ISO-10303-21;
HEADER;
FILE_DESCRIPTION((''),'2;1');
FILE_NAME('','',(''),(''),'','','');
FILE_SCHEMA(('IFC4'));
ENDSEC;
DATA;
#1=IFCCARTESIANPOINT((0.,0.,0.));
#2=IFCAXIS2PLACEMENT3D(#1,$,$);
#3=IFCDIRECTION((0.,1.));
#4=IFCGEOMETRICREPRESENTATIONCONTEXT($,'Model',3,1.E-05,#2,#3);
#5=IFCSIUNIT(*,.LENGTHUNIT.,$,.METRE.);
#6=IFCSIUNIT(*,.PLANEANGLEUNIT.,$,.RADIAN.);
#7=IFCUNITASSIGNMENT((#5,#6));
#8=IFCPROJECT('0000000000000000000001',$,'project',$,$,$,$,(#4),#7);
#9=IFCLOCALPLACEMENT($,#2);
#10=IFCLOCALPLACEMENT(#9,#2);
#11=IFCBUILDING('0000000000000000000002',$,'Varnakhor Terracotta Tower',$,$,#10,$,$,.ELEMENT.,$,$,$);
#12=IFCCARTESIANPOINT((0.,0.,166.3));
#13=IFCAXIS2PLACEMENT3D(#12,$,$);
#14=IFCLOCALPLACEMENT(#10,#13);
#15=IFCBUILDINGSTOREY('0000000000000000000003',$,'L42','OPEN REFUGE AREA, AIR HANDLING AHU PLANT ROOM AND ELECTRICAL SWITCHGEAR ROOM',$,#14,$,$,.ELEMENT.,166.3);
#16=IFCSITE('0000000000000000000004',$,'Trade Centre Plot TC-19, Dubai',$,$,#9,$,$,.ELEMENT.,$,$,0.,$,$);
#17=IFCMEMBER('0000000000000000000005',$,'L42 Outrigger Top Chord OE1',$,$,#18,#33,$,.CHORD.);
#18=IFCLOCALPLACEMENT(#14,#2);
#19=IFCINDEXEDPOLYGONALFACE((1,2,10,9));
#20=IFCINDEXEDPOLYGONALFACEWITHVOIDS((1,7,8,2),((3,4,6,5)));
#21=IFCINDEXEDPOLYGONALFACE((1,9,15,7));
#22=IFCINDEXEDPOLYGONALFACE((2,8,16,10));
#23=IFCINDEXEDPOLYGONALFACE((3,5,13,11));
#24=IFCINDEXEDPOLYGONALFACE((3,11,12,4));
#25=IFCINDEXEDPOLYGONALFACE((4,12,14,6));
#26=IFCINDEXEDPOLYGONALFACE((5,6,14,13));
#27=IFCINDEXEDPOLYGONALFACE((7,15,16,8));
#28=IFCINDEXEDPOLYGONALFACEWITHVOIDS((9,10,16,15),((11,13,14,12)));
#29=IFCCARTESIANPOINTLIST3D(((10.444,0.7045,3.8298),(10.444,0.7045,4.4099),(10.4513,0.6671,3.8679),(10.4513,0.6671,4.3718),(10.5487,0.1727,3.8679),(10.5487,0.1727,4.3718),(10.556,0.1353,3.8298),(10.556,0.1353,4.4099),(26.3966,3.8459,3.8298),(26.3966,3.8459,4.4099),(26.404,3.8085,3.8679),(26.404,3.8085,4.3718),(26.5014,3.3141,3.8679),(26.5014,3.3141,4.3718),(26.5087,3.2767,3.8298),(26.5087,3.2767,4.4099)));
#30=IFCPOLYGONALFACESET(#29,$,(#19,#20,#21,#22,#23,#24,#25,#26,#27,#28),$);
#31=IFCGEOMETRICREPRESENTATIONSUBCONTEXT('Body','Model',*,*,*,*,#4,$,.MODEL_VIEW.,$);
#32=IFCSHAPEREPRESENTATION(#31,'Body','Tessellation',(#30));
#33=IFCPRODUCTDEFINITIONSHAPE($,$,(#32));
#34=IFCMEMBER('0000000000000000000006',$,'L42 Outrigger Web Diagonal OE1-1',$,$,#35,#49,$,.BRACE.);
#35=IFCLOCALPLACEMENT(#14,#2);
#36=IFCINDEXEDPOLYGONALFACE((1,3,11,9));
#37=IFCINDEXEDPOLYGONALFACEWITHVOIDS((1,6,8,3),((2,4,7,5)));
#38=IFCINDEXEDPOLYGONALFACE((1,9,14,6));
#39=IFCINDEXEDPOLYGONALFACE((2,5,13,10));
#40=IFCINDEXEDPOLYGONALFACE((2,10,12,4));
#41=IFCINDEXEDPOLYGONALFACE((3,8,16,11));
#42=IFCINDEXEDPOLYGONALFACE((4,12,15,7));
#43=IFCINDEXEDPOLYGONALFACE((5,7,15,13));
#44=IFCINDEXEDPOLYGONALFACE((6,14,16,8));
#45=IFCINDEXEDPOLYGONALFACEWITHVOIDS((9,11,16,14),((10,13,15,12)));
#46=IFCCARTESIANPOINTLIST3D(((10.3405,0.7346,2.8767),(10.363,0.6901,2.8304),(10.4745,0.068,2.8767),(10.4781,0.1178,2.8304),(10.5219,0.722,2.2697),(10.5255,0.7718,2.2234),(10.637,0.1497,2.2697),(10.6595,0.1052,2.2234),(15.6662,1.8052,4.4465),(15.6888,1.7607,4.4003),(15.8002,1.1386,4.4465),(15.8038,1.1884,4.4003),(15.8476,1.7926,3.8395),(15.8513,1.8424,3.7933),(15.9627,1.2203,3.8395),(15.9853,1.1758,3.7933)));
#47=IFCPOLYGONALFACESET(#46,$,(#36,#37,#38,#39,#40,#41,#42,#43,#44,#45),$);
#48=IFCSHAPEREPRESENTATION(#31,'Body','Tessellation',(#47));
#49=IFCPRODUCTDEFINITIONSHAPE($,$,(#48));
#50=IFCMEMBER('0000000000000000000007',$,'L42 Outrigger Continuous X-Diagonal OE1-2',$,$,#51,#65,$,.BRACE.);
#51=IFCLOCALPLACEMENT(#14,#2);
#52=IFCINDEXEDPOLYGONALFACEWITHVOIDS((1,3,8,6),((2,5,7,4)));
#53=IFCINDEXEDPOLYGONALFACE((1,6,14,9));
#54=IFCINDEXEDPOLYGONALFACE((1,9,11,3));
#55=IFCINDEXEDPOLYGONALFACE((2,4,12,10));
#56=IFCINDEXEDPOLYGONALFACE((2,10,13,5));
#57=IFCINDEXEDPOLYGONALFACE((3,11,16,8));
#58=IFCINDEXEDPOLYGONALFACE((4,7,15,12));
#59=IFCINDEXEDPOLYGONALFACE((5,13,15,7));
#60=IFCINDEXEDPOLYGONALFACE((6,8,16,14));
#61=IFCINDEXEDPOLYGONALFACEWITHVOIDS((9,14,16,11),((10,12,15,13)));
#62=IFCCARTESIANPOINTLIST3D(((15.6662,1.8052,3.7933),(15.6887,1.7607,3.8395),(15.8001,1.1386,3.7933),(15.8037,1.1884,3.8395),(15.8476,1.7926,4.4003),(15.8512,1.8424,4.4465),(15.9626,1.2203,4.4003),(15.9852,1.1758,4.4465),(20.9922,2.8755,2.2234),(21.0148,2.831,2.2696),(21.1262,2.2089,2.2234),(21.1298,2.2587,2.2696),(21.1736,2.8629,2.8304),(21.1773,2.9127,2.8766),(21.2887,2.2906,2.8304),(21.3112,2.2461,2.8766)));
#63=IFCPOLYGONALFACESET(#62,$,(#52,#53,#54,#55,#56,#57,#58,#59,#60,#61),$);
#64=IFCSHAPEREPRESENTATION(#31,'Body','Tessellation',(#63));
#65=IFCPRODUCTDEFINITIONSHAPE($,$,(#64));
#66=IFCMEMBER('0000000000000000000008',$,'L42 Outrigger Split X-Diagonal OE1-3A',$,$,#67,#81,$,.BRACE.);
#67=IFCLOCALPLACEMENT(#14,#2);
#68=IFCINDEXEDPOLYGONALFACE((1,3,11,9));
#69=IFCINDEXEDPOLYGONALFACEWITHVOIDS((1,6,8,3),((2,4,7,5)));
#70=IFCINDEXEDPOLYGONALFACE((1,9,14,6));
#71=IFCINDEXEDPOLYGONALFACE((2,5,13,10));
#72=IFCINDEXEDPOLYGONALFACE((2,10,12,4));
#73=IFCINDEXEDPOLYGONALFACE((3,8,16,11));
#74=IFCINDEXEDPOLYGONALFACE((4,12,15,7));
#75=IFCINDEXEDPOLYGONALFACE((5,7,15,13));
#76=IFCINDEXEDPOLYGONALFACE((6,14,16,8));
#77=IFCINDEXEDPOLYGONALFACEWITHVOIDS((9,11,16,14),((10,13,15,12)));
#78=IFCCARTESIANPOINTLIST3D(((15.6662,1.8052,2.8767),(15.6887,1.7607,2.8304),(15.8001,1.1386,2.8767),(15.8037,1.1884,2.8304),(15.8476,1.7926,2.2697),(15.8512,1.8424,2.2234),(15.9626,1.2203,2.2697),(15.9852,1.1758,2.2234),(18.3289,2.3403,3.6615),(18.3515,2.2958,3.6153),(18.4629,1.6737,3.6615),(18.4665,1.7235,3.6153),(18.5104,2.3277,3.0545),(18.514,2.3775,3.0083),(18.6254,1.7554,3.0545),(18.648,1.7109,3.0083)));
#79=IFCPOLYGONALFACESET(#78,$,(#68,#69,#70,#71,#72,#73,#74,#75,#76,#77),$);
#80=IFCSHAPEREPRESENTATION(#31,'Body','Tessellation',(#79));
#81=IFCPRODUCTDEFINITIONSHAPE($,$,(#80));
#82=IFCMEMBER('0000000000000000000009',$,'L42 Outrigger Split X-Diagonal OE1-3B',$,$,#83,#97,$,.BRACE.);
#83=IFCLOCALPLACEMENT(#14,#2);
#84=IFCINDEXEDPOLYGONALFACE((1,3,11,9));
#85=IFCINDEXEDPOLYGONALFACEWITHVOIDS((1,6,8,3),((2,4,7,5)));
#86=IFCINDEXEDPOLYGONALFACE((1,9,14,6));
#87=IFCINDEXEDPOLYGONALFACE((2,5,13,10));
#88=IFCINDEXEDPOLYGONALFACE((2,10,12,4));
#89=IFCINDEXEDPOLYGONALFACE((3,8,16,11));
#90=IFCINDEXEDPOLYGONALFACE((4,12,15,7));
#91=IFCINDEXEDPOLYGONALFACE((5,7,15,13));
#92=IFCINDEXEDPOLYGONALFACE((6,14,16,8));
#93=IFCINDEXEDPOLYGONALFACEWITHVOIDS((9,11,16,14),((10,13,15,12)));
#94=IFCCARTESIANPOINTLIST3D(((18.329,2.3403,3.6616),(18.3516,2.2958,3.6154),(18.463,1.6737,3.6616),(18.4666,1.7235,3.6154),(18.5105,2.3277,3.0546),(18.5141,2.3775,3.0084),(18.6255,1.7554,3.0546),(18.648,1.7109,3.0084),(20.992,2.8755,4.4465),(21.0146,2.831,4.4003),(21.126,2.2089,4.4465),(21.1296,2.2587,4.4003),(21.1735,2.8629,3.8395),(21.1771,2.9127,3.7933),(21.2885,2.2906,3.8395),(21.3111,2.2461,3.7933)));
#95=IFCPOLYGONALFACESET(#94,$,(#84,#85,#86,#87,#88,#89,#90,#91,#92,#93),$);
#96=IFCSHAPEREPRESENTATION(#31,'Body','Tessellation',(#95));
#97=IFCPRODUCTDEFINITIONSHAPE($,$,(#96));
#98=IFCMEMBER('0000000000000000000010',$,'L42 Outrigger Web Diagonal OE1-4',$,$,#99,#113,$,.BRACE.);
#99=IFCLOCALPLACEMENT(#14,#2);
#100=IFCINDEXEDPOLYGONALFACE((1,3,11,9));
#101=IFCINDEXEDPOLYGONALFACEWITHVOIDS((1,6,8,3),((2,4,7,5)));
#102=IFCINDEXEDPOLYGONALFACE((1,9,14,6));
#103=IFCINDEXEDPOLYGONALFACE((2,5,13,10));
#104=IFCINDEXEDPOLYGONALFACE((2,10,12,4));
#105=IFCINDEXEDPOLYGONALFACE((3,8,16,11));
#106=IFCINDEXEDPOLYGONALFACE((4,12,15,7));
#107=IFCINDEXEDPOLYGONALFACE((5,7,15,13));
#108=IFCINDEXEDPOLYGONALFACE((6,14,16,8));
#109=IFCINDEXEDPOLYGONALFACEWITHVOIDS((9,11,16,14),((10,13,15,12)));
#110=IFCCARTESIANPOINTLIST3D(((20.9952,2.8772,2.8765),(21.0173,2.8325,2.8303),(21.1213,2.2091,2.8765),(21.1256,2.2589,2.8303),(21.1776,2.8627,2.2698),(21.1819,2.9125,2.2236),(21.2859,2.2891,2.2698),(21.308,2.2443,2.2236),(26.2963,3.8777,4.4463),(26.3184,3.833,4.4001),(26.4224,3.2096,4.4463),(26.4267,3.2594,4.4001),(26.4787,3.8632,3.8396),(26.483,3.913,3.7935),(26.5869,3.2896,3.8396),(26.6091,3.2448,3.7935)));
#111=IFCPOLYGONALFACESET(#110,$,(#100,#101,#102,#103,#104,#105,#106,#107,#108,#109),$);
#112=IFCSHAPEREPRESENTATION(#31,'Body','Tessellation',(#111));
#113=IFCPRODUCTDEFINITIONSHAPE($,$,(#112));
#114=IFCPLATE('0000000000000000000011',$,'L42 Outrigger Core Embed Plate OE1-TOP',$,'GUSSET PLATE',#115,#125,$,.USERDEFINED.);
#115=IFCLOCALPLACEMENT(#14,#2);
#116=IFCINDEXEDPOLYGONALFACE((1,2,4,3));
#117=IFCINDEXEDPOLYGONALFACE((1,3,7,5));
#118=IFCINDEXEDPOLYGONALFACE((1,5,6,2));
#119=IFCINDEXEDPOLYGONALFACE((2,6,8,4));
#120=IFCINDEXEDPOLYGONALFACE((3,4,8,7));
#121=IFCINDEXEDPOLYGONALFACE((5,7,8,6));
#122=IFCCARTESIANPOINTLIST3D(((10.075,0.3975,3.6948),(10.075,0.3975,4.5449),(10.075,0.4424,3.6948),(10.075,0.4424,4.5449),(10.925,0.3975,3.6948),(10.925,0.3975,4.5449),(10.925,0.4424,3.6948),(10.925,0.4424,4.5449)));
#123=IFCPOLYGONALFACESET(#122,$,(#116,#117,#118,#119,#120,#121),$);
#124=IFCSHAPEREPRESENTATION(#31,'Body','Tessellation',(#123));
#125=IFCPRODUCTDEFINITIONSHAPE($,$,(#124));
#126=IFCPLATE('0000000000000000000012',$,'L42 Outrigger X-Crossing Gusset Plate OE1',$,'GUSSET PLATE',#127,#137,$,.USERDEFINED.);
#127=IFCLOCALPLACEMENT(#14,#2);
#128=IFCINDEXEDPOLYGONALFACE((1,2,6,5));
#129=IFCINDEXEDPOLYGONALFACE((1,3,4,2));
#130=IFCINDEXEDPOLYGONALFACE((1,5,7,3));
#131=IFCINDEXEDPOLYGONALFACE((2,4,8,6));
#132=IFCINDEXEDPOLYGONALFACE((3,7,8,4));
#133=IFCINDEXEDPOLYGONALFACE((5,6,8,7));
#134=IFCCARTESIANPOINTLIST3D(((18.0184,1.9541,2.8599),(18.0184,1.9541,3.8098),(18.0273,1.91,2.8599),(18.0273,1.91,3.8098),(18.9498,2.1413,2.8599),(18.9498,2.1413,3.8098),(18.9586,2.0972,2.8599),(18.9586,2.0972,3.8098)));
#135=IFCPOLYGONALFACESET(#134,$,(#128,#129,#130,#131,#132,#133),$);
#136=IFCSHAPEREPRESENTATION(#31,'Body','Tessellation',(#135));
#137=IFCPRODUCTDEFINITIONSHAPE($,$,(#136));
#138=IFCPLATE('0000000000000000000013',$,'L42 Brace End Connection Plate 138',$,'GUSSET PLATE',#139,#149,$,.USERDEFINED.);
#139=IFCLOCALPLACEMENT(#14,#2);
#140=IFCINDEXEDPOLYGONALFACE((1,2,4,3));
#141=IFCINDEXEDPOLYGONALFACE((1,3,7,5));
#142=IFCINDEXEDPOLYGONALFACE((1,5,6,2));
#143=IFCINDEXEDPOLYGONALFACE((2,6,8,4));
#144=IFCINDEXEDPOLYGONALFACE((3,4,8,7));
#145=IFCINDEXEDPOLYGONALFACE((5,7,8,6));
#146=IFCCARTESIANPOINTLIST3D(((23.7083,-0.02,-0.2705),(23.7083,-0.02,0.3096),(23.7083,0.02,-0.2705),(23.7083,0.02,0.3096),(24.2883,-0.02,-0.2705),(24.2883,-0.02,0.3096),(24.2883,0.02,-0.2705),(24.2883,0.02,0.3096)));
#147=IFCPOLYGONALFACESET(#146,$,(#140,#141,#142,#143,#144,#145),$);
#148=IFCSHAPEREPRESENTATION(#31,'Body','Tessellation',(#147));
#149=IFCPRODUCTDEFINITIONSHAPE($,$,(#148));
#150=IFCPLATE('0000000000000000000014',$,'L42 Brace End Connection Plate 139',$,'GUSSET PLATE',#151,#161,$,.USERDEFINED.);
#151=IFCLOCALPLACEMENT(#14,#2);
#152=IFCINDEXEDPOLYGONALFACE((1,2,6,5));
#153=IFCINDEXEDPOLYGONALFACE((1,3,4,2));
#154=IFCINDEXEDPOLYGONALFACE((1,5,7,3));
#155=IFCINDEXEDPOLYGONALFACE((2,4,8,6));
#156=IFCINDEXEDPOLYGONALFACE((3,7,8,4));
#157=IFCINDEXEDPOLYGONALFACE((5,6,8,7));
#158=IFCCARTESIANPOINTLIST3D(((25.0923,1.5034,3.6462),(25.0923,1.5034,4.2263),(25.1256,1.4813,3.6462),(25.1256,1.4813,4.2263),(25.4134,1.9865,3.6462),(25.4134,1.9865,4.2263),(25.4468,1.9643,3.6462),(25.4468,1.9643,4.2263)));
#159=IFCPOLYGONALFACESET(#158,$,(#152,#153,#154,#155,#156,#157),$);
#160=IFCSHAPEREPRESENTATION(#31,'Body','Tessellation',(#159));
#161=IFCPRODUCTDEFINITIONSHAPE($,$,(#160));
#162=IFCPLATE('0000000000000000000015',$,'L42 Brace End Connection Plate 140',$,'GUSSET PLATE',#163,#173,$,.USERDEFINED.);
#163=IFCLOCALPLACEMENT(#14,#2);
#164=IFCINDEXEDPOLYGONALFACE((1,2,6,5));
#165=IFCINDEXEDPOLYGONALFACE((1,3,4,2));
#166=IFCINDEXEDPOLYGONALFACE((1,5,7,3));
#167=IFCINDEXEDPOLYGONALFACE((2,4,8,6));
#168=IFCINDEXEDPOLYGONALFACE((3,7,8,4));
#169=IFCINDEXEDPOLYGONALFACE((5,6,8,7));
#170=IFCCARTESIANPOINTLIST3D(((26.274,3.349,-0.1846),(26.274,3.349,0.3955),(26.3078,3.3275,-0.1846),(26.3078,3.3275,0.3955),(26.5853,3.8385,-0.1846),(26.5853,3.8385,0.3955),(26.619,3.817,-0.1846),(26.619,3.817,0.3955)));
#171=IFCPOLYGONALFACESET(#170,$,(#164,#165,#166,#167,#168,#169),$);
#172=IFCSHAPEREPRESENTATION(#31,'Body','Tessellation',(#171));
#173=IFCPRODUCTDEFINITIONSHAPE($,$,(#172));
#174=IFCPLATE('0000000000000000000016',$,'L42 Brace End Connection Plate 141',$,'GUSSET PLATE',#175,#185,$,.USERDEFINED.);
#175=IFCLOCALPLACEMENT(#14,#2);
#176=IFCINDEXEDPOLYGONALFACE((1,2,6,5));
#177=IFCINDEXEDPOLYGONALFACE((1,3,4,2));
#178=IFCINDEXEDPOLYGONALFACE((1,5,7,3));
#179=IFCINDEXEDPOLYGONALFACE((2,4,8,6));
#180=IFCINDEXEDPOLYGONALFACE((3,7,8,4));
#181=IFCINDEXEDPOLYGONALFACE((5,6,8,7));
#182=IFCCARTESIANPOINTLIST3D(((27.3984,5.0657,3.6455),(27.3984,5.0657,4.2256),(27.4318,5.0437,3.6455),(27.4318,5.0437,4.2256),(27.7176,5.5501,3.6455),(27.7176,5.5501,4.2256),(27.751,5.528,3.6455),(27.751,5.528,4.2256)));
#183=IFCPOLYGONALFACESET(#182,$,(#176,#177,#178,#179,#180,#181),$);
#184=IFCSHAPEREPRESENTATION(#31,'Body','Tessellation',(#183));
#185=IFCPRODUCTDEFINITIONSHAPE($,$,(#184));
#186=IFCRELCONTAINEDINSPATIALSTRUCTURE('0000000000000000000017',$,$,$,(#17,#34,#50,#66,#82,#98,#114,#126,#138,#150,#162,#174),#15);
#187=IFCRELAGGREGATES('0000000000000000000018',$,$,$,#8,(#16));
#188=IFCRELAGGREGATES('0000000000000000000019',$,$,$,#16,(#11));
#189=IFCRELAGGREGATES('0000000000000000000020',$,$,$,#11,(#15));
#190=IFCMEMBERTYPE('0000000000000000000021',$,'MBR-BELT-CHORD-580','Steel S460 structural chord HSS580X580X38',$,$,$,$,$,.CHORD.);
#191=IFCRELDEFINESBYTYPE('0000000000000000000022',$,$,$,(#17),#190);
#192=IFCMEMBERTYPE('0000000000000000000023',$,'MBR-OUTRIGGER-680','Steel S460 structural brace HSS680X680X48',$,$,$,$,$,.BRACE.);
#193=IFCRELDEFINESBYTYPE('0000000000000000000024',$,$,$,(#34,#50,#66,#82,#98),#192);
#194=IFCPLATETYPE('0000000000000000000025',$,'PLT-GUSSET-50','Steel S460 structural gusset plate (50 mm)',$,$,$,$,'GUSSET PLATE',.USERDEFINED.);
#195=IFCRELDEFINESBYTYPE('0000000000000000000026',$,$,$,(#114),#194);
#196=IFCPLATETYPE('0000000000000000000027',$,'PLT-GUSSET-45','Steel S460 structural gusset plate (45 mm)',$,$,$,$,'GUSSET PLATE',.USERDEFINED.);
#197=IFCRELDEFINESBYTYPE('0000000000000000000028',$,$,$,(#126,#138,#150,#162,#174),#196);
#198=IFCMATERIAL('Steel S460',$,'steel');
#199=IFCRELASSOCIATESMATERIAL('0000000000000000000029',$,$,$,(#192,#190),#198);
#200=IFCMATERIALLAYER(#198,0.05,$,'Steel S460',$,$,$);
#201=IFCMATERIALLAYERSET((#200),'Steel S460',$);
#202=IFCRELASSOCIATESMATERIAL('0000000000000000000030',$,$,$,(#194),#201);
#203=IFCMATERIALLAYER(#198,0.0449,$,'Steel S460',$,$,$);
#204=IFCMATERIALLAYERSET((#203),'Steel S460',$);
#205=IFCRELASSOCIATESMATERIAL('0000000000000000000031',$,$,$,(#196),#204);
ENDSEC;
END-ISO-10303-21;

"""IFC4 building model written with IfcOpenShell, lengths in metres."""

from ifc_helpers import new_model, si_unit, direction, frame, origin, origin_2d, place, context, subcontext, project, spatial, rectangle, hollow_rectangle, extrude, source, transform, mapped, material, layer, layer_set, material_profile, profile_set, type_object, type_shapes, element, save


model = new_model("IFC4")

# Units and contexts
model_context = context("Model", 3, precision=1e-05, world=origin(), true_north=direction((0.0, 1.0)))
body_context = subcontext(model_context, "Body", "Model", "MODEL_VIEW")
ifc_project = project(units=[si_unit("LENGTHUNIT", "METRE"), si_unit("PLANEANGLEUNIT", "RADIAN")], contexts=[model_context])

# Site, building, storey
site_placement = place(None, origin())
site = spatial("IfcSite", under=ifc_project, at=site_placement, Name="Trade Centre Plot TC-19, Dubai", CompositionType="ELEMENT", RefElevation=0.0)
building_placement = place(site_placement, origin())
building = spatial("IfcBuilding", under=site, at=building_placement, Name="Varnakhor Terracotta Tower", CompositionType="ELEMENT")
storey_placement = place(building_placement, frame((0.0, 0.0, 166.3)))
storey = spatial("IfcBuildingStorey", under=building, at=storey_placement, Name="L42", Description="OPEN REFUGE AREA, AIR HANDLING AHU PLANT ROOM AND ELECTRICAL SWITCHGEAR ROOM", CompositionType="ELEMENT", Elevation=166.3)

# Shared definitions
ifc_material_1 = material(Name="Steel S460", Category="steel")

# Members
ifc_material_profile_1 = material_profile(ifc_material_1, hollow_rectangle(XDim=0.6799, YDim=0.6799, WallThickness=0.0481, at=origin_2d()), Name="HSS680X680X48")
ifc_profile_set_1 = profile_set([ifc_material_profile_1], Name="Steel S460")
member_type_1 = type_object("IfcMemberType", Name="MBR-OUTRIGGER-680", Description="Steel S460 structural brace HSS680X680X48", PredefinedType="BRACE", material=ifc_profile_set_1)
ifc_material_profile_2 = material_profile(ifc_material_1, hollow_rectangle(XDim=0.5801, YDim=0.5801, WallThickness=0.0381, at=origin_2d()), Name="HSS580X580X38")
ifc_profile_set_2 = profile_set([ifc_material_profile_2], Name="Steel S460")
member_type_2 = type_object("IfcMemberType", Name="MBR-BELT-CHORD-580", Description="Steel S460 structural chord HSS580X580X38", PredefinedType="CHORD", material=ifc_profile_set_2)
shared_shape_1 = source(origin(), body_context, "Body", "SweptSolid", [
    extrude(hollow_rectangle(XDim=0.5801, YDim=0.5801, WallThickness=0.0381, at=origin_2d()), origin(), (0.0, 0.0, 1.0), 16.259),
])
member_1_placement = place(storey_placement, frame((10.5, 0.4199, 4.1199), z_axis=(0.981158, 0.193207, 0.0), x_axis=(-0.193207, 0.981158, 0.0)))
element("IfcMember", 1, at=member_1_placement, inside=storey, type_object=member_type_2, Name="L42 Outrigger Top Chord OE1", PredefinedType="CHORD", context=body_context, shape_type="MappedRepresentation", body=[
    mapped(shared_shape_1, transform((0.0, 0.0, 0.0), scale=1.0)),
])
shared_shape_2 = source(origin(), body_context, "Body", "SweptSolid", [
    extrude(hollow_rectangle(XDim=0.6799, YDim=0.6799, WallThickness=0.0481, at=origin_2d()), origin(), (0.0, 0.0, 1.0), 5.6545),
])
member_2_placement = place(storey_placement, frame((10.5, 0.4199, 2.55), z_axis=(0.941849, 0.189328, 0.277624), x_axis=(-0.197075, 0.980388, 0.0)))
element("IfcMember", 2, at=member_2_placement, inside=storey, type_object=member_type_1, Name="L42 Outrigger Web Diagonal OE1-1", PredefinedType="BRACE", context=body_context, shape_type="MappedRepresentation", body=[
    mapped(shared_shape_2, transform((0.0, 0.0, 0.0), scale=1.0)),
])
shared_shape_3 = source(origin(), body_context, "Body", "SweptSolid", [
    extrude(hollow_rectangle(XDim=0.6799, YDim=0.6799, WallThickness=0.0481, at=origin_2d()), origin(), (0.0, 0.0, 1.0), 5.6548),
])
member_3_placement = place(storey_placement, frame((15.8257, 1.4905, 4.1199), z_axis=(0.941862, 0.189279, -0.277615), x_axis=(-0.197024, 0.980399, 0.0)))
element("IfcMember", 3, at=member_3_placement, inside=storey, type_object=member_type_1, Name="L42 Outrigger Continuous X-Diagonal OE1-2", PredefinedType="BRACE", context=body_context, shape_type="MappedRepresentation", body=[
    mapped(shared_shape_3, transform((0.0, 0.0, 0.0), scale=1.0)),
])
shared_shape_4 = source(origin(), body_context, "Body", "SweptSolid", [
    extrude(hollow_rectangle(XDim=0.6799, YDim=0.6799, WallThickness=0.0481, at=origin_2d()), origin(), (0.0, 0.0, 1.0), 2.8271),
])
member_4_placement = place(storey_placement, frame((15.8257, 1.4905, 2.55), z_axis=(0.941857, 0.189287, 0.277626), x_axis=(-0.197032, 0.980397, 0.0)))
element("IfcMember", 4, at=member_4_placement, inside=storey, type_object=member_type_1, Name="L42 Outrigger Split X-Diagonal OE1-3A", PredefinedType="BRACE", context=body_context, shape_type="MappedRepresentation", body=[
    mapped(shared_shape_4, transform((0.0, 0.0, 0.0), scale=1.0)),
])
shared_shape_5 = source(origin(), body_context, "Body", "SweptSolid", [
    extrude(hollow_rectangle(XDim=0.6799, YDim=0.6799, WallThickness=0.0481, at=origin_2d()), origin(), (0.0, 0.0, 1.0), 2.8274),
])
member_5_placement = place(storey_placement, frame((18.4885, 2.0256, 3.335), z_axis=(0.941867, 0.189271, 0.277604), x_axis=(-0.197015, 0.980401, 0.0)))
element("IfcMember", 5, at=member_5_placement, inside=storey, type_object=member_type_1, Name="L42 Outrigger Split X-Diagonal OE1-3B", PredefinedType="BRACE", context=body_context, shape_type="MappedRepresentation", body=[
    mapped(shared_shape_5, transform((0.0, 0.0, 0.0), scale=1.0)),
])
shared_shape_6 = source(origin(), body_context, "Body", "SweptSolid", [
    extrude(hollow_rectangle(XDim=0.6799, YDim=0.6799, WallThickness=0.0481, at=origin_2d()), origin(), (0.0, 0.0, 1.0), 5.6184),
])
member_6_placement = place(storey_placement, frame((21.1516, 2.5608, 2.55), z_axis=(0.943515, 0.178074, 0.279409), x_axis=(-0.185461, 0.982652, 0.0)))
element("IfcMember", 6, at=member_6_placement, inside=storey, type_object=member_type_1, Name="L42 Outrigger Web Diagonal OE1-4", PredefinedType="BRACE", context=body_context, shape_type="MappedRepresentation", body=[
    mapped(shared_shape_6, transform((0.0, 0.0, 0.0), scale=1.0)),
])

# Plates
ifc_layer_1 = layer(ifc_material_1, 0.05, Name="Steel S460")
ifc_layer_set_1 = layer_set([ifc_layer_1], Name="Steel S460")
plate_type_1 = type_object("IfcPlateType", Name="PLT-GUSSET-50", Description="Steel S460 structural gusset plate (50 mm)", ElementType="GUSSET PLATE", PredefinedType="USERDEFINED", material=ifc_layer_set_1)
shared_shape_7 = source(origin(), body_context, "Body", "SweptSolid", [
    extrude(rectangle(XDim=0.8501, YDim=0.0449, at=origin_2d()), origin(), (0.0, 0.0, 1.0), 0.8501),
])
plate_1_placement = place(storey_placement, frame((10.5, 0.4199, 3.6948), z_axis=(0.0, 0.0, 1.0), x_axis=(1.0, 0.0, 0.0)))
element("IfcPlate", 7, at=plate_1_placement, inside=storey, type_object=plate_type_1, Name="L42 Outrigger Core Embed Plate OE1-TOP", ObjectType="GUSSET PLATE", PredefinedType="USERDEFINED", context=body_context, shape_type="MappedRepresentation", body=[
    mapped(shared_shape_7, transform((0.0, 0.0, 0.0), scale=1.0)),
])
ifc_layer_2 = layer(ifc_material_1, 0.0449, Name="Steel S460")
ifc_layer_set_2 = layer_set([ifc_layer_2], Name="Steel S460")
plate_type_2 = type_object("IfcPlateType", Name="PLT-GUSSET-45", Description="Steel S460 structural gusset plate (45 mm)", ElementType="GUSSET PLATE", PredefinedType="USERDEFINED", material=ifc_layer_set_2)
shared_shape_8 = source(origin(), body_context, "Body", "SweptSolid", [
    extrude(rectangle(XDim=0.95, YDim=0.0449, at=origin_2d()), origin(), (0.0, 0.0, 1.0), 0.95),
])
type_shapes(plate_type_2, [shared_shape_8])
plate_2_placement = place(storey_placement, frame((18.4885, 2.0256, 2.8599), z_axis=(0.0, 0.0, 1.0), x_axis=(0.980392, 0.197058, 0.0)))
element("IfcPlate", 8, at=plate_2_placement, inside=storey, type_object=plate_type_2, Name="L42 Outrigger X-Crossing Gusset Plate OE1", ObjectType="GUSSET PLATE", PredefinedType="USERDEFINED", context=body_context, shape_type="MappedRepresentation", body=[
    mapped(shared_shape_8, transform((0.0, 0.0, 0.0), scale=1.0)),
])
shared_shape_9 = source(origin(), body_context, "Body", "SweptSolid", [
    extrude(rectangle(XDim=0.5801, YDim=0.04, at=origin_2d()), origin(), (0.0, 0.0, 1.0), 0.5801),
])
for number, where, z_axis, x_axis, name in (
    (9, (23.9983, 0.0, -0.2705), (0.0, 0.0, 1.0), (-1.0, 0.0, 0.0), "L42 Brace End Connection Plate 138"),
    (10, (25.2695, 1.7339, 3.6462), (0.0, 0.0, 1.0), (0.553624, 0.832767, 0.0), "L42 Brace End Connection Plate 139"),
    (11, (26.4465, 3.583, -0.1846), (0.0, 0.0, 1.0), (-0.536534, -0.843879, 0.0), "L42 Brace End Connection Plate 140"),
    (12, (27.5747, 5.2969, 3.6455), (0.0, 0.0, 1.0), (0.550291, 0.834973, 0.0), "L42 Brace End Connection Plate 141"),
):
    element("IfcPlate", number, at=place(storey_placement, frame(where, z_axis=z_axis, x_axis=x_axis)), inside=storey, type_object=plate_type_2, Name=name, ObjectType="GUSSET PLATE", PredefinedType="USERDEFINED", context=body_context, shape_type="MappedRepresentation", body=[
        mapped(shared_shape_9, transform((0.0, 0.0, 0.0), scale=1.0)),
    ])

save(model, "model.ifc")
